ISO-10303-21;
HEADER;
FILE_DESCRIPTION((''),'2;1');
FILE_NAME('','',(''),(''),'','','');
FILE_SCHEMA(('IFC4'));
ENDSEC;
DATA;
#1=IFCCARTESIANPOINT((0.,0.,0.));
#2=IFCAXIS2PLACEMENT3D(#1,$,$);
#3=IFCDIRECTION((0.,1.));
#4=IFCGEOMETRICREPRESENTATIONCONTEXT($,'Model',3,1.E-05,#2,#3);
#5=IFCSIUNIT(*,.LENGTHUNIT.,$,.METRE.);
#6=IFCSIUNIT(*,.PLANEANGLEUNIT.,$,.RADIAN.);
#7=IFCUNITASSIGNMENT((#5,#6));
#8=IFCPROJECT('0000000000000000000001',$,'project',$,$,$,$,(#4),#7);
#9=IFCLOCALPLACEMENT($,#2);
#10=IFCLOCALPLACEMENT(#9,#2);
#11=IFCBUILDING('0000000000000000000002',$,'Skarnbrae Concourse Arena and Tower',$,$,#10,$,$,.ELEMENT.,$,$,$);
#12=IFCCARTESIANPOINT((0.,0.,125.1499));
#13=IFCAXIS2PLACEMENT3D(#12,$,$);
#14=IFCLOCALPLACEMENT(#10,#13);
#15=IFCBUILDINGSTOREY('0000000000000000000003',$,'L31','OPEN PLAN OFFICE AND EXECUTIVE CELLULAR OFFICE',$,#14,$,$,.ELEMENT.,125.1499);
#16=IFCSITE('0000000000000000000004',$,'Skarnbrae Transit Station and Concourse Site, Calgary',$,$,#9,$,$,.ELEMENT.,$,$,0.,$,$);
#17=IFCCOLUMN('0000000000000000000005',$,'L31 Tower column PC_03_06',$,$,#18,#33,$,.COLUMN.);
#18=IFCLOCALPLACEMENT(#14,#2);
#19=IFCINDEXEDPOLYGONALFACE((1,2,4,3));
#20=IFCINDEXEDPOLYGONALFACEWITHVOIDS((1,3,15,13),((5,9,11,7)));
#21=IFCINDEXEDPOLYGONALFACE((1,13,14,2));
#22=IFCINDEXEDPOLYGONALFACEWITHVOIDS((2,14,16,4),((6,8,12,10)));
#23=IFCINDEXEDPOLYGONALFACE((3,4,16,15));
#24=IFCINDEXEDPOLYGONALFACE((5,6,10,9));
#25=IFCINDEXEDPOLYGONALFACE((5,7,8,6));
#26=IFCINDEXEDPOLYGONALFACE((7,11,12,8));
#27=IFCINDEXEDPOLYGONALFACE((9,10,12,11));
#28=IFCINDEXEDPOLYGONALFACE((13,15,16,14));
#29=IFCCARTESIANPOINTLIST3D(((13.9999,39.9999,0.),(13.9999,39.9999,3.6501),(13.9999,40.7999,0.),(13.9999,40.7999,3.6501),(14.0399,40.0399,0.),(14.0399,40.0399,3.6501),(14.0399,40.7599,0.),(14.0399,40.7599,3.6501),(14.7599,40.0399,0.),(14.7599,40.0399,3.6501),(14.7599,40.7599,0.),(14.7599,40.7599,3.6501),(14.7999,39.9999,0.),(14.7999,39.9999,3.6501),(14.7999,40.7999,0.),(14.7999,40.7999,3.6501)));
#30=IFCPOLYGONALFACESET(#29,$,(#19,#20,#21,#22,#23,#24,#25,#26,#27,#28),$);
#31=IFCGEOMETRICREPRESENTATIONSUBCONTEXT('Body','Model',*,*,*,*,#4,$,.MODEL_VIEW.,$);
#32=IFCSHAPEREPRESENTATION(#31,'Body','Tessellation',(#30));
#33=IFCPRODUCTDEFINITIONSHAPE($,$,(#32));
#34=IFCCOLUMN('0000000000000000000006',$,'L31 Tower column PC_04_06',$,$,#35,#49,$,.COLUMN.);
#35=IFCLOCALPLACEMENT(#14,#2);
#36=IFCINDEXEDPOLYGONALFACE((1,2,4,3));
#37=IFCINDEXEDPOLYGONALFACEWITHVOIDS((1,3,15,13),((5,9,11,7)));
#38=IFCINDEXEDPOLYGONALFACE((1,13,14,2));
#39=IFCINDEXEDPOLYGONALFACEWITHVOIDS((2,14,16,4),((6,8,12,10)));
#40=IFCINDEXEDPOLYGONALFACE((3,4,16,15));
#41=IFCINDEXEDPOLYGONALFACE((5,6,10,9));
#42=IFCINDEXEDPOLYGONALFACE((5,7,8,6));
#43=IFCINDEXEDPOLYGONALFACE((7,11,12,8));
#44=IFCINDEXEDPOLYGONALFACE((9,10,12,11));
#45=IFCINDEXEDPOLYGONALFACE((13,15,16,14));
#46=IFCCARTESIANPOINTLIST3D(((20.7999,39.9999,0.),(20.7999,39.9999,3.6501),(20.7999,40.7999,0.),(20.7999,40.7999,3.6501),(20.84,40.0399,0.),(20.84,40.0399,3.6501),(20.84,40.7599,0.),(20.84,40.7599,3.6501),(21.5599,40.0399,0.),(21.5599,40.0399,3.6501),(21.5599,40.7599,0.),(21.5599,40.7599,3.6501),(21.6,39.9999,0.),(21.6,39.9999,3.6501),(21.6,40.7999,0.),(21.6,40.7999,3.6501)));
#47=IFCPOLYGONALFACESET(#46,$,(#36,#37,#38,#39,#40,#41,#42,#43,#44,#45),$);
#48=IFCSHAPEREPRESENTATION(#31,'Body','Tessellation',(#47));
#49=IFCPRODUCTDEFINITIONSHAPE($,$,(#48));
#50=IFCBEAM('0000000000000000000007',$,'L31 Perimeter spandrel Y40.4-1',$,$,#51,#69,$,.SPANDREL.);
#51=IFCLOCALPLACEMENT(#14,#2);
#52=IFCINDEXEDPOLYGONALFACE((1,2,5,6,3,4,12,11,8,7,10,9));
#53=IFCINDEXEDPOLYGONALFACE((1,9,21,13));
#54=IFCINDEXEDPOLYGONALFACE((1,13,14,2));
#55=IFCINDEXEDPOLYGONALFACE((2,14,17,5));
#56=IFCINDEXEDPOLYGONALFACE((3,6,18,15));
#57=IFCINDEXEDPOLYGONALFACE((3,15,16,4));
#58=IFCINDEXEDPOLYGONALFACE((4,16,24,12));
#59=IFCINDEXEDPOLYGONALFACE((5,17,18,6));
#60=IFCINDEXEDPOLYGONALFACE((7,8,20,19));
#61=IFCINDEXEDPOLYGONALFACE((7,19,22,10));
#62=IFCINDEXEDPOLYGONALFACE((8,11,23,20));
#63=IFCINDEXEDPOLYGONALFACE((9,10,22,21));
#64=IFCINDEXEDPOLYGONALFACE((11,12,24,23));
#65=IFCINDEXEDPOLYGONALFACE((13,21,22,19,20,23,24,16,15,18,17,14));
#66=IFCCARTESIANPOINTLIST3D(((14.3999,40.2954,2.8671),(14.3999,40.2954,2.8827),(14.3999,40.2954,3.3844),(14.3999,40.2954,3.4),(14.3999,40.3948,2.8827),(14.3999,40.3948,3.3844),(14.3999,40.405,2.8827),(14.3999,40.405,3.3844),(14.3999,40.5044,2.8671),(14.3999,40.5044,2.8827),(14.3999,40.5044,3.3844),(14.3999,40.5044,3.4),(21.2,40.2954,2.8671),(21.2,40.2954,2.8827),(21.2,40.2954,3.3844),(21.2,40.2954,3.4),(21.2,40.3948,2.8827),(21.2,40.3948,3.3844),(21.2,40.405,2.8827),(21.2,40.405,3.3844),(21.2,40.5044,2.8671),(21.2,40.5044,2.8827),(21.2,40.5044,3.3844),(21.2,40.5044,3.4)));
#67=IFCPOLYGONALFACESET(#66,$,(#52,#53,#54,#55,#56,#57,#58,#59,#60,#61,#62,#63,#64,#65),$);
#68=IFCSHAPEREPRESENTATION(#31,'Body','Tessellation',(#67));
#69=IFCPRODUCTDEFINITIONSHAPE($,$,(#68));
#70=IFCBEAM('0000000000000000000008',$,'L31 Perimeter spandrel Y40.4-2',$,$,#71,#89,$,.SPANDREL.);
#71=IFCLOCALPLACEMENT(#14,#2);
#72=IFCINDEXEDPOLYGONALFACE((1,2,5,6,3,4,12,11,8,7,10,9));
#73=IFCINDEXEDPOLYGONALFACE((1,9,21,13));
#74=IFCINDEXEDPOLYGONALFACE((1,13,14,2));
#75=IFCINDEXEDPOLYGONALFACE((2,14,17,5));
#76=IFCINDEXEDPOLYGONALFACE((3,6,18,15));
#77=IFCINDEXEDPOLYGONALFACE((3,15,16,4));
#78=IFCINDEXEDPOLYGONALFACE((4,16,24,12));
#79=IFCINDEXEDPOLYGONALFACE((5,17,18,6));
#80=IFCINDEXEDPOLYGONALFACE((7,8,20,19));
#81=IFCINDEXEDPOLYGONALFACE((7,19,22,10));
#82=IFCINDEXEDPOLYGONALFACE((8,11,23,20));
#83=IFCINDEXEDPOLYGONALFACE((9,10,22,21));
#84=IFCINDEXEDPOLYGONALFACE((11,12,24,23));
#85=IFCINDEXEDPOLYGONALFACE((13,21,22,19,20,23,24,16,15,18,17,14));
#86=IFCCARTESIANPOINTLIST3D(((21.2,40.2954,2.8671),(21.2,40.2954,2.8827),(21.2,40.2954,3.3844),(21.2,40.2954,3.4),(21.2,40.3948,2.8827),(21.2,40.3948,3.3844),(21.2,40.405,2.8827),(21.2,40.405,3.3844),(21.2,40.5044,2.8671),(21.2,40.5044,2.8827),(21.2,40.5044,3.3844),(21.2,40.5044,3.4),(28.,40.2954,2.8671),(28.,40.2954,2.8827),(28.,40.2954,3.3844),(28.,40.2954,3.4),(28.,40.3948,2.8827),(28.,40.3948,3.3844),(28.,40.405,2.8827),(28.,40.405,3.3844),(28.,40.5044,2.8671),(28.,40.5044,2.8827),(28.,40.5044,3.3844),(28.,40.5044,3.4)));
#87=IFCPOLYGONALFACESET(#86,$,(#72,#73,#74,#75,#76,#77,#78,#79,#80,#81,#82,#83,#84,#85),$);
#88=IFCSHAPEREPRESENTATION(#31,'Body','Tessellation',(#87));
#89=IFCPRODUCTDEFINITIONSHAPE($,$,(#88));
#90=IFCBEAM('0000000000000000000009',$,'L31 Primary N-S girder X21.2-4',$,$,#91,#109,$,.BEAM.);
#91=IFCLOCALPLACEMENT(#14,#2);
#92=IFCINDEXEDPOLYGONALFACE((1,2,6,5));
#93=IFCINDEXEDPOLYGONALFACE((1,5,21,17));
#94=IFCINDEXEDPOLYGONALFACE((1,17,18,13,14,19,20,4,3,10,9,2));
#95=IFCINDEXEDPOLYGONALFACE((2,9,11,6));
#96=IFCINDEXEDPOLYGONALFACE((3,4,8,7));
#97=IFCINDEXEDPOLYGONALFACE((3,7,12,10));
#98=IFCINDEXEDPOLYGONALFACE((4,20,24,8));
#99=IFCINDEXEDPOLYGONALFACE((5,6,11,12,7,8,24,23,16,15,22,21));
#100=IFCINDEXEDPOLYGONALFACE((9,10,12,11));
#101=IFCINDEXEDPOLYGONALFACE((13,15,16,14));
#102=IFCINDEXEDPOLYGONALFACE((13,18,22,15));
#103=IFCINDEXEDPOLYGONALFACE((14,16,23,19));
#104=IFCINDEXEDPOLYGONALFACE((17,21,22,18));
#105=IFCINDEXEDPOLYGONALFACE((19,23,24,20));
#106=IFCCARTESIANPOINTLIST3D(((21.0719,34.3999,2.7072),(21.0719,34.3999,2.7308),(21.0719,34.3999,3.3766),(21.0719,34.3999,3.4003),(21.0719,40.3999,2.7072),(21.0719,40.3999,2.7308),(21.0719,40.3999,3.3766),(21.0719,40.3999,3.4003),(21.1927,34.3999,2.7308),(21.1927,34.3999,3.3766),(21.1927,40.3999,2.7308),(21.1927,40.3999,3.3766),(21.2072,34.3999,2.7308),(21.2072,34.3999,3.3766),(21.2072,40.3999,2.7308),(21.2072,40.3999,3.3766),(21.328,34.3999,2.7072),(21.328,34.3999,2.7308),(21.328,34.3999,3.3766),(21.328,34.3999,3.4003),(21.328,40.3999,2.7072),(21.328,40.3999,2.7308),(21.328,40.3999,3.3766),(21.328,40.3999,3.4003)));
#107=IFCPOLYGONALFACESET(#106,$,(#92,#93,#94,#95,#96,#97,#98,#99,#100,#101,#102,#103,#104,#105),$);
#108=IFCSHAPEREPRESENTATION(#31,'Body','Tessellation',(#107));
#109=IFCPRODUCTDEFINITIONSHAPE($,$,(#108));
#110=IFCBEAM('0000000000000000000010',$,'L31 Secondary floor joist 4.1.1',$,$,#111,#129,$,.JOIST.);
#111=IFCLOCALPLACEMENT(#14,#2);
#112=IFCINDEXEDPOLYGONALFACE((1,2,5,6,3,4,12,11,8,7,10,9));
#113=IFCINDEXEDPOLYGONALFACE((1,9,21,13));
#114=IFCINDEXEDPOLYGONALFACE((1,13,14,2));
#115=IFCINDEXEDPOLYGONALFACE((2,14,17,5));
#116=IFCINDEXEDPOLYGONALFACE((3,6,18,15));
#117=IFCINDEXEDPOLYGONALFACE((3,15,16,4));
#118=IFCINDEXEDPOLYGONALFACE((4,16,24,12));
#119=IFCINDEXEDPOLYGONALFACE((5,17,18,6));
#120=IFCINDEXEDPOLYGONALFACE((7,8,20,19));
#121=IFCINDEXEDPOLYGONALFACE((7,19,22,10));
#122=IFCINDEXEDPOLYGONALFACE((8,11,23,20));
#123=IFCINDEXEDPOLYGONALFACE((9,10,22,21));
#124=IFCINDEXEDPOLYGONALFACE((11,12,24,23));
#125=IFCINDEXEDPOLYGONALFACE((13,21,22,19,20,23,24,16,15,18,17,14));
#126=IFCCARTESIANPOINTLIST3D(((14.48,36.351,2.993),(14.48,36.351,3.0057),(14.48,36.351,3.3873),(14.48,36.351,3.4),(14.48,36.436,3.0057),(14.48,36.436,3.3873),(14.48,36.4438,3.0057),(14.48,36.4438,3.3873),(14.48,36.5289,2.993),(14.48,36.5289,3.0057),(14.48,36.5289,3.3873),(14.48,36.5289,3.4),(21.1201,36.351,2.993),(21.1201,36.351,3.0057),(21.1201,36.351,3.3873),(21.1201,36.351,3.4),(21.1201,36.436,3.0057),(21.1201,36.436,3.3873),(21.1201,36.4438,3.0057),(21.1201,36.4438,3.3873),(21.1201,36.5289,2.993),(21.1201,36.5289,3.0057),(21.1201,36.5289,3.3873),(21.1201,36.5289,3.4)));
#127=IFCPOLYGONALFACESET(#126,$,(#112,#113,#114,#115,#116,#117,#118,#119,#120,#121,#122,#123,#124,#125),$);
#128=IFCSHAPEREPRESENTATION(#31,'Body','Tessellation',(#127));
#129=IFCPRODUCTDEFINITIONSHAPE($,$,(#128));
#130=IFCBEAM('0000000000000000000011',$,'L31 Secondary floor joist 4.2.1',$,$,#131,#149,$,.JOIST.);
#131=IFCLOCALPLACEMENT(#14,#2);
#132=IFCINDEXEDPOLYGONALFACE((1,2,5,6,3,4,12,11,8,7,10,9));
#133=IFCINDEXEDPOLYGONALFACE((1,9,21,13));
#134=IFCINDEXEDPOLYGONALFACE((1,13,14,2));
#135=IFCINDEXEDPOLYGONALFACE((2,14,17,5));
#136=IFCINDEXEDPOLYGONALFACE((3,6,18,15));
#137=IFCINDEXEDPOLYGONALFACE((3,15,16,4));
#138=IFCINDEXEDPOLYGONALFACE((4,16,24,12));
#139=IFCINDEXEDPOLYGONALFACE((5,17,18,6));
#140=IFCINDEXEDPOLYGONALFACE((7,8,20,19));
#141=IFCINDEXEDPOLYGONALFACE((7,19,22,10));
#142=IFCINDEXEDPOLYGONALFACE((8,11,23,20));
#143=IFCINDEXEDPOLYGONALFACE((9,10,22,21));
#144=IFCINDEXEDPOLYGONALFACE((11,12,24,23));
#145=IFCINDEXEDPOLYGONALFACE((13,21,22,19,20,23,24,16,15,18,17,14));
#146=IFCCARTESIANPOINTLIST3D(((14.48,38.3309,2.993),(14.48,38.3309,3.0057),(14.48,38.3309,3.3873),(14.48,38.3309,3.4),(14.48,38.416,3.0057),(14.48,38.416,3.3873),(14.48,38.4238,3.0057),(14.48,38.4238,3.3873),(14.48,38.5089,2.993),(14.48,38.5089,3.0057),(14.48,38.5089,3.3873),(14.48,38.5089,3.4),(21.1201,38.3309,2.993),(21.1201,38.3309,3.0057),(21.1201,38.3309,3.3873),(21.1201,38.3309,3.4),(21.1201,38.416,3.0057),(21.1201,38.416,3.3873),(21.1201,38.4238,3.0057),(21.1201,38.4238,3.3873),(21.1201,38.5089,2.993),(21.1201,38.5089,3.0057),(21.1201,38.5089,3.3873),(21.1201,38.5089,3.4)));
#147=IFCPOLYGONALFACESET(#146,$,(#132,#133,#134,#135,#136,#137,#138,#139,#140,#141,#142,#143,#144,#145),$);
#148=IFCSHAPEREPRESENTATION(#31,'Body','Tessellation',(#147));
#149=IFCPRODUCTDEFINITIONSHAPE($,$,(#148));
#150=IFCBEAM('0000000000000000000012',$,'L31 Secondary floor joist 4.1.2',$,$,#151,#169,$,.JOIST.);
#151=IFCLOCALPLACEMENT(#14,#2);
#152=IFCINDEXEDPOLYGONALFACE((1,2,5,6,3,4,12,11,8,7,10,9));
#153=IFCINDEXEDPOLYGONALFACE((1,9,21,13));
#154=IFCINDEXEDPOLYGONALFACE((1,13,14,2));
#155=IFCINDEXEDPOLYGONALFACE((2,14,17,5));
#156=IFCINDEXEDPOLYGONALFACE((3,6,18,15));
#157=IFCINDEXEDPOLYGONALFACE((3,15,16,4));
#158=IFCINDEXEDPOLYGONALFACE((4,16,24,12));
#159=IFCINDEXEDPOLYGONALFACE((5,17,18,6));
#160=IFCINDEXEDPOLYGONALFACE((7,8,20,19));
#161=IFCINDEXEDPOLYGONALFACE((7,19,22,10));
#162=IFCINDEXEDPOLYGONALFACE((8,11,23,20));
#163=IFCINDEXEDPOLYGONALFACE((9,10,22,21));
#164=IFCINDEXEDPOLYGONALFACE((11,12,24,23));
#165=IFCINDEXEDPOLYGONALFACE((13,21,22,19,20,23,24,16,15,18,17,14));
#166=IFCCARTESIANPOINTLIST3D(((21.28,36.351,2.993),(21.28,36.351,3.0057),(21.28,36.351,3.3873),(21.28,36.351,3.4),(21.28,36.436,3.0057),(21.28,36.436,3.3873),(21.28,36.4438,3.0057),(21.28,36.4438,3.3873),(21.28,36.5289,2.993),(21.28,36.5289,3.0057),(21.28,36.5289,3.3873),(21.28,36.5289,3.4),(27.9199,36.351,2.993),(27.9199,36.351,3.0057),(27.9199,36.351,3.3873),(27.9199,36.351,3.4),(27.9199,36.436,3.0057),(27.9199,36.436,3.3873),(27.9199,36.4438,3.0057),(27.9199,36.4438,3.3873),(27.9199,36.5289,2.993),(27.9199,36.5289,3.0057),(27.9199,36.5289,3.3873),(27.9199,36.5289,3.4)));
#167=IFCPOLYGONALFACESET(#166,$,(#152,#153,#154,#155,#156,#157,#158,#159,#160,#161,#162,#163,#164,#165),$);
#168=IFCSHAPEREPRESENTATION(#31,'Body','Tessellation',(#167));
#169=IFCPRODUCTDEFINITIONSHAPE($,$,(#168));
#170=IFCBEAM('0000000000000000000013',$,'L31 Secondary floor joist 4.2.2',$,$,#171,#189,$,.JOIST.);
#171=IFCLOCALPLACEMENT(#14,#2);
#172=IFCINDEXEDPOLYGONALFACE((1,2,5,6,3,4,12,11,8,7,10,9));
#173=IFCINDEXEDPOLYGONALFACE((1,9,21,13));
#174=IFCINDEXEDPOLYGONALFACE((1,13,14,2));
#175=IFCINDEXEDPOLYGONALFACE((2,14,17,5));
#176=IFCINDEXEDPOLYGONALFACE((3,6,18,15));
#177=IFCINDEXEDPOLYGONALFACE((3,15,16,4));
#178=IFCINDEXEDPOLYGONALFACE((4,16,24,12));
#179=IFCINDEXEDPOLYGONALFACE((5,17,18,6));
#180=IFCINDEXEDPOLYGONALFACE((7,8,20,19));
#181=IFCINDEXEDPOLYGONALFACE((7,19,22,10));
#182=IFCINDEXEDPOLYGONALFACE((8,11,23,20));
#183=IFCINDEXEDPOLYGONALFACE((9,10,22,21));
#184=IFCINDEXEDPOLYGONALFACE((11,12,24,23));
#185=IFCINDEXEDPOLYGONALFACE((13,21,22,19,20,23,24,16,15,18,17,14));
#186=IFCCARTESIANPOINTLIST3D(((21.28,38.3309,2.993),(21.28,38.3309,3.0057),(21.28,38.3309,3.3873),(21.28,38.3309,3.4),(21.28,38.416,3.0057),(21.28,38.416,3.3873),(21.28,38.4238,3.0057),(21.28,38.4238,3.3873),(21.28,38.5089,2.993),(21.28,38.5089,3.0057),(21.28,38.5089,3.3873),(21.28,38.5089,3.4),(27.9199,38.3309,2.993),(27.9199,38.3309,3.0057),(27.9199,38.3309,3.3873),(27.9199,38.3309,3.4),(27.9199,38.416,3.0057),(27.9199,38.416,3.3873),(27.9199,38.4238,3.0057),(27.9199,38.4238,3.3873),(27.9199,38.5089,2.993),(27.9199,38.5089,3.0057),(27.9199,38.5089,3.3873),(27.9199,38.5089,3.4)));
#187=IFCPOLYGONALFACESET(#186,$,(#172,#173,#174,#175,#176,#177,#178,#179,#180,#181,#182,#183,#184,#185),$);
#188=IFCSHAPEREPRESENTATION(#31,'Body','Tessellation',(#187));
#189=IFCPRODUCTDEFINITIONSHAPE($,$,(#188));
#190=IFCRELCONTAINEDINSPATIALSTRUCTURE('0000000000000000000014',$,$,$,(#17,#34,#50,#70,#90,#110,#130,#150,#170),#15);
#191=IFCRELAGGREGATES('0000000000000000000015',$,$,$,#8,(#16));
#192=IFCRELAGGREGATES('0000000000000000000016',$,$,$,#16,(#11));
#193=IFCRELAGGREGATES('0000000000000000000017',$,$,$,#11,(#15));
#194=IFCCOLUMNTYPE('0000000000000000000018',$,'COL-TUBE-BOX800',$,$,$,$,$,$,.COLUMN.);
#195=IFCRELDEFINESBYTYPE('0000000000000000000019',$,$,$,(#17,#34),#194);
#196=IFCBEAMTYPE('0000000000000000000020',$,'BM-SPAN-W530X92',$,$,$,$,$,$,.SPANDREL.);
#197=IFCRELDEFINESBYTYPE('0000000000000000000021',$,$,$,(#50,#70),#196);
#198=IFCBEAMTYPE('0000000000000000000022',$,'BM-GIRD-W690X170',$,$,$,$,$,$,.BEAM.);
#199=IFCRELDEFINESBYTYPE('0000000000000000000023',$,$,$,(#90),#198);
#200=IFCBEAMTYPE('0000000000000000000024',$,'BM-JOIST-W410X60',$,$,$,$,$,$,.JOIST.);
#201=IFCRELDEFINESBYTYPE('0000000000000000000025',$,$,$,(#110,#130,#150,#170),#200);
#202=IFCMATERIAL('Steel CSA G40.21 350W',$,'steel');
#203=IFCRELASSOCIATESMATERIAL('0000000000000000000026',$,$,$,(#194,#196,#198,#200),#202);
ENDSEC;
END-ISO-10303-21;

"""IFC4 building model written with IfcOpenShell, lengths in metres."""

from ifc_helpers import new_model, si_unit, direction, frame, origin, origin_2d, place, context, subcontext, project, spatial, hollow_rectangle, i_section, extrude, source, transform, mapped, material, material_profile, profile_set, type_object, element, save


model = new_model("IFC4")

# Units and contexts
model_context = context("Model", 3, precision=1e-05, world=origin(), true_north=direction((0.0, 1.0)))
body_context = subcontext(model_context, "Body", "Model", "MODEL_VIEW")
ifc_project = project(units=[si_unit("LENGTHUNIT", "METRE"), si_unit("PLANEANGLEUNIT", "RADIAN")], contexts=[model_context])

# Site, building, storey
site_placement = place(None, origin())
site = spatial("IfcSite", under=ifc_project, at=site_placement, Name="Skarnbrae Transit Station and Concourse Site, Calgary", CompositionType="ELEMENT", RefElevation=0.0)
building_placement = place(site_placement, origin())
building = spatial("IfcBuilding", under=site, at=building_placement, Name="Skarnbrae Concourse Arena and Tower", CompositionType="ELEMENT")
storey_placement = place(building_placement, frame((0.0, 0.0, 125.1499)))
storey = spatial("IfcBuildingStorey", under=building, at=storey_placement, Name="L31", Description="OPEN PLAN OFFICE AND EXECUTIVE CELLULAR OFFICE", CompositionType="ELEMENT", Elevation=125.1499)

# Columns
ifc_material_1 = material(Name="Steel CSA G40.21 350W", Category="steel")
ifc_material_profile_1 = material_profile(ifc_material_1, hollow_rectangle(XDim=0.8, YDim=0.8, WallThickness=0.04, at=origin_2d()), Name="BOX800X800X40")
ifc_profile_set_1 = profile_set([ifc_material_profile_1], Name="Steel CSA G40.21 350W")
column_type = type_object("IfcColumnType", Name="COL-TUBE-BOX800", PredefinedType="COLUMN", material=ifc_profile_set_1)
shared_shape_1 = source(origin(), body_context, "Body", "SweptSolid", [
    extrude(hollow_rectangle(XDim=0.8, YDim=0.8, WallThickness=0.04, at=origin_2d()), origin(), (0.0, 0.0, 1.0), 3.6501),
])
for number, where, z_axis, x_axis, name in (
    (1, (14.3999, 40.3999, 0.0), (0.0, 0.0, 1.0), (1.0, 0.0, 0.0), "L31 Tower column PC_03_06"),
    (2, (21.2, 40.3999, 0.0), (0.0, 0.0, 1.0), (1.0, 0.0, 0.0), "L31 Tower column PC_04_06"),
):
    element("IfcColumn", number, at=place(storey_placement, frame(where, z_axis=z_axis, x_axis=x_axis)), inside=storey, type_object=column_type, Name=name, PredefinedType="COLUMN", context=body_context, shape_type="MappedRepresentation", body=[
        mapped(shared_shape_1, transform((0.0, 0.0, 0.0))),
    ])

# Beams
ifc_material_profile_2 = material_profile(ifc_material_1, i_section(OverallWidth=0.209, OverallDepth=0.533, WebThickness=0.0103, FlangeThickness=0.0156, at=origin_2d()), Name="W530X92")
ifc_profile_set_2 = profile_set([ifc_material_profile_2], Name="Steel CSA G40.21 350W")
beam_type_1 = type_object("IfcBeamType", Name="BM-SPAN-W530X92", PredefinedType="SPANDREL", material=ifc_profile_set_2)
shared_shape_2 = source(origin(), body_context, "Body", "SweptSolid", [
    extrude(i_section(OverallWidth=0.209, OverallDepth=0.533, WebThickness=0.0103, FlangeThickness=0.0156, at=origin_2d()), origin(), (0.0, 0.0, 1.0), 6.8),
])
for number, where, z_axis, x_axis, name in (
    (3, (14.3999, 40.3999, 3.1335), (1.0, 0.0, 0.0), (0.0, 1.0, 0.0), "L31 Perimeter spandrel Y40.4-1"),
    (4, (21.2, 40.3999, 3.1335), (1.0, 0.0, 0.0), (0.0, 1.0, 0.0), "L31 Perimeter spandrel Y40.4-2"),
):
    element("IfcBeam", number, at=place(storey_placement, frame(where, z_axis=z_axis, x_axis=x_axis)), inside=storey, type_object=beam_type_1, Name=name, PredefinedType="SPANDREL", context=body_context, shape_type="MappedRepresentation", body=[
        mapped(shared_shape_2, transform((0.0, 0.0, 0.0))),
    ])
ifc_material_profile_3 = material_profile(ifc_material_1, i_section(OverallWidth=0.2561, OverallDepth=0.6931, WebThickness=0.0144, FlangeThickness=0.0237, at=origin_2d()), Name="W690X170")
ifc_profile_set_3 = profile_set([ifc_material_profile_3], Name="Steel CSA G40.21 350W")
beam_type_2 = type_object("IfcBeamType", Name="BM-GIRD-W690X170", PredefinedType="BEAM", material=ifc_profile_set_3)
shared_shape_3 = source(origin(), body_context, "Body", "SweptSolid", [
    extrude(i_section(OverallWidth=0.2561, OverallDepth=0.6931, WebThickness=0.0144, FlangeThickness=0.0237, at=origin_2d()), origin(), (0.0, 0.0, 1.0), 6.0),
])
beam_placement = place(storey_placement, frame((21.2, 34.3999, 3.0537), z_axis=(0.0, 1.0, 0.0), x_axis=(-1.0, 0.0, 0.0)))
element("IfcBeam", 5, at=beam_placement, inside=storey, type_object=beam_type_2, Name="L31 Primary N-S girder X21.2-4", PredefinedType="BEAM", context=body_context, shape_type="MappedRepresentation", body=[
    mapped(shared_shape_3, transform((0.0, 0.0, 0.0))),
])
ifc_material_profile_4 = material_profile(ifc_material_1, i_section(OverallWidth=0.178, OverallDepth=0.407, WebThickness=0.0078, FlangeThickness=0.0127, at=origin_2d()), Name="W410X60")
ifc_profile_set_4 = profile_set([ifc_material_profile_4], Name="Steel CSA G40.21 350W")
beam_type_3 = type_object("IfcBeamType", Name="BM-JOIST-W410X60", PredefinedType="JOIST", material=ifc_profile_set_4)
shared_shape_4 = source(origin(), body_context, "Body", "SweptSolid", [
    extrude(i_section(OverallWidth=0.178, OverallDepth=0.407, WebThickness=0.0078, FlangeThickness=0.0127, at=origin_2d()), origin(), (0.0, 0.0, 1.0), 6.6401),
])
for number, where, z_axis, x_axis, name in (
    (6, (14.48, 36.4399, 3.1965), (1.0, 0.0, 0.0), (0.0, 1.0, 0.0), "L31 Secondary floor joist 4.1.1"),
    (7, (14.48, 38.4199, 3.1965), (1.0, 0.0, 0.0), (0.0, 1.0, 0.0), "L31 Secondary floor joist 4.2.1"),
):
    element("IfcBeam", number, at=place(storey_placement, frame(where, z_axis=z_axis, x_axis=x_axis)), inside=storey, type_object=beam_type_3, Name=name, PredefinedType="JOIST", context=body_context, shape_type="MappedRepresentation", body=[
        mapped(shared_shape_4, transform((0.0, 0.0, 0.0))),
    ])
shared_shape_5 = source(origin(), body_context, "Body", "SweptSolid", [
    extrude(i_section(OverallWidth=0.178, OverallDepth=0.407, WebThickness=0.0078, FlangeThickness=0.0127, at=origin_2d()), origin(), (0.0, 0.0, 1.0), 6.6399),
])
for number, where, z_axis, x_axis, name in (
    (8, (21.28, 36.4399, 3.1965), (1.0, 0.0, 0.0), (0.0, 1.0, 0.0), "L31 Secondary floor joist 4.1.2"),
    (9, (21.28, 38.4199, 3.1965), (1.0, 0.0, 0.0), (0.0, 1.0, 0.0), "L31 Secondary floor joist 4.2.2"),
):
    element("IfcBeam", number, at=place(storey_placement, frame(where, z_axis=z_axis, x_axis=x_axis)), inside=storey, type_object=beam_type_3, Name=name, PredefinedType="JOIST", context=body_context, shape_type="MappedRepresentation", body=[
        mapped(shared_shape_5, transform((0.0, 0.0, 0.0))),
    ])

save(model, "model.ifc")
